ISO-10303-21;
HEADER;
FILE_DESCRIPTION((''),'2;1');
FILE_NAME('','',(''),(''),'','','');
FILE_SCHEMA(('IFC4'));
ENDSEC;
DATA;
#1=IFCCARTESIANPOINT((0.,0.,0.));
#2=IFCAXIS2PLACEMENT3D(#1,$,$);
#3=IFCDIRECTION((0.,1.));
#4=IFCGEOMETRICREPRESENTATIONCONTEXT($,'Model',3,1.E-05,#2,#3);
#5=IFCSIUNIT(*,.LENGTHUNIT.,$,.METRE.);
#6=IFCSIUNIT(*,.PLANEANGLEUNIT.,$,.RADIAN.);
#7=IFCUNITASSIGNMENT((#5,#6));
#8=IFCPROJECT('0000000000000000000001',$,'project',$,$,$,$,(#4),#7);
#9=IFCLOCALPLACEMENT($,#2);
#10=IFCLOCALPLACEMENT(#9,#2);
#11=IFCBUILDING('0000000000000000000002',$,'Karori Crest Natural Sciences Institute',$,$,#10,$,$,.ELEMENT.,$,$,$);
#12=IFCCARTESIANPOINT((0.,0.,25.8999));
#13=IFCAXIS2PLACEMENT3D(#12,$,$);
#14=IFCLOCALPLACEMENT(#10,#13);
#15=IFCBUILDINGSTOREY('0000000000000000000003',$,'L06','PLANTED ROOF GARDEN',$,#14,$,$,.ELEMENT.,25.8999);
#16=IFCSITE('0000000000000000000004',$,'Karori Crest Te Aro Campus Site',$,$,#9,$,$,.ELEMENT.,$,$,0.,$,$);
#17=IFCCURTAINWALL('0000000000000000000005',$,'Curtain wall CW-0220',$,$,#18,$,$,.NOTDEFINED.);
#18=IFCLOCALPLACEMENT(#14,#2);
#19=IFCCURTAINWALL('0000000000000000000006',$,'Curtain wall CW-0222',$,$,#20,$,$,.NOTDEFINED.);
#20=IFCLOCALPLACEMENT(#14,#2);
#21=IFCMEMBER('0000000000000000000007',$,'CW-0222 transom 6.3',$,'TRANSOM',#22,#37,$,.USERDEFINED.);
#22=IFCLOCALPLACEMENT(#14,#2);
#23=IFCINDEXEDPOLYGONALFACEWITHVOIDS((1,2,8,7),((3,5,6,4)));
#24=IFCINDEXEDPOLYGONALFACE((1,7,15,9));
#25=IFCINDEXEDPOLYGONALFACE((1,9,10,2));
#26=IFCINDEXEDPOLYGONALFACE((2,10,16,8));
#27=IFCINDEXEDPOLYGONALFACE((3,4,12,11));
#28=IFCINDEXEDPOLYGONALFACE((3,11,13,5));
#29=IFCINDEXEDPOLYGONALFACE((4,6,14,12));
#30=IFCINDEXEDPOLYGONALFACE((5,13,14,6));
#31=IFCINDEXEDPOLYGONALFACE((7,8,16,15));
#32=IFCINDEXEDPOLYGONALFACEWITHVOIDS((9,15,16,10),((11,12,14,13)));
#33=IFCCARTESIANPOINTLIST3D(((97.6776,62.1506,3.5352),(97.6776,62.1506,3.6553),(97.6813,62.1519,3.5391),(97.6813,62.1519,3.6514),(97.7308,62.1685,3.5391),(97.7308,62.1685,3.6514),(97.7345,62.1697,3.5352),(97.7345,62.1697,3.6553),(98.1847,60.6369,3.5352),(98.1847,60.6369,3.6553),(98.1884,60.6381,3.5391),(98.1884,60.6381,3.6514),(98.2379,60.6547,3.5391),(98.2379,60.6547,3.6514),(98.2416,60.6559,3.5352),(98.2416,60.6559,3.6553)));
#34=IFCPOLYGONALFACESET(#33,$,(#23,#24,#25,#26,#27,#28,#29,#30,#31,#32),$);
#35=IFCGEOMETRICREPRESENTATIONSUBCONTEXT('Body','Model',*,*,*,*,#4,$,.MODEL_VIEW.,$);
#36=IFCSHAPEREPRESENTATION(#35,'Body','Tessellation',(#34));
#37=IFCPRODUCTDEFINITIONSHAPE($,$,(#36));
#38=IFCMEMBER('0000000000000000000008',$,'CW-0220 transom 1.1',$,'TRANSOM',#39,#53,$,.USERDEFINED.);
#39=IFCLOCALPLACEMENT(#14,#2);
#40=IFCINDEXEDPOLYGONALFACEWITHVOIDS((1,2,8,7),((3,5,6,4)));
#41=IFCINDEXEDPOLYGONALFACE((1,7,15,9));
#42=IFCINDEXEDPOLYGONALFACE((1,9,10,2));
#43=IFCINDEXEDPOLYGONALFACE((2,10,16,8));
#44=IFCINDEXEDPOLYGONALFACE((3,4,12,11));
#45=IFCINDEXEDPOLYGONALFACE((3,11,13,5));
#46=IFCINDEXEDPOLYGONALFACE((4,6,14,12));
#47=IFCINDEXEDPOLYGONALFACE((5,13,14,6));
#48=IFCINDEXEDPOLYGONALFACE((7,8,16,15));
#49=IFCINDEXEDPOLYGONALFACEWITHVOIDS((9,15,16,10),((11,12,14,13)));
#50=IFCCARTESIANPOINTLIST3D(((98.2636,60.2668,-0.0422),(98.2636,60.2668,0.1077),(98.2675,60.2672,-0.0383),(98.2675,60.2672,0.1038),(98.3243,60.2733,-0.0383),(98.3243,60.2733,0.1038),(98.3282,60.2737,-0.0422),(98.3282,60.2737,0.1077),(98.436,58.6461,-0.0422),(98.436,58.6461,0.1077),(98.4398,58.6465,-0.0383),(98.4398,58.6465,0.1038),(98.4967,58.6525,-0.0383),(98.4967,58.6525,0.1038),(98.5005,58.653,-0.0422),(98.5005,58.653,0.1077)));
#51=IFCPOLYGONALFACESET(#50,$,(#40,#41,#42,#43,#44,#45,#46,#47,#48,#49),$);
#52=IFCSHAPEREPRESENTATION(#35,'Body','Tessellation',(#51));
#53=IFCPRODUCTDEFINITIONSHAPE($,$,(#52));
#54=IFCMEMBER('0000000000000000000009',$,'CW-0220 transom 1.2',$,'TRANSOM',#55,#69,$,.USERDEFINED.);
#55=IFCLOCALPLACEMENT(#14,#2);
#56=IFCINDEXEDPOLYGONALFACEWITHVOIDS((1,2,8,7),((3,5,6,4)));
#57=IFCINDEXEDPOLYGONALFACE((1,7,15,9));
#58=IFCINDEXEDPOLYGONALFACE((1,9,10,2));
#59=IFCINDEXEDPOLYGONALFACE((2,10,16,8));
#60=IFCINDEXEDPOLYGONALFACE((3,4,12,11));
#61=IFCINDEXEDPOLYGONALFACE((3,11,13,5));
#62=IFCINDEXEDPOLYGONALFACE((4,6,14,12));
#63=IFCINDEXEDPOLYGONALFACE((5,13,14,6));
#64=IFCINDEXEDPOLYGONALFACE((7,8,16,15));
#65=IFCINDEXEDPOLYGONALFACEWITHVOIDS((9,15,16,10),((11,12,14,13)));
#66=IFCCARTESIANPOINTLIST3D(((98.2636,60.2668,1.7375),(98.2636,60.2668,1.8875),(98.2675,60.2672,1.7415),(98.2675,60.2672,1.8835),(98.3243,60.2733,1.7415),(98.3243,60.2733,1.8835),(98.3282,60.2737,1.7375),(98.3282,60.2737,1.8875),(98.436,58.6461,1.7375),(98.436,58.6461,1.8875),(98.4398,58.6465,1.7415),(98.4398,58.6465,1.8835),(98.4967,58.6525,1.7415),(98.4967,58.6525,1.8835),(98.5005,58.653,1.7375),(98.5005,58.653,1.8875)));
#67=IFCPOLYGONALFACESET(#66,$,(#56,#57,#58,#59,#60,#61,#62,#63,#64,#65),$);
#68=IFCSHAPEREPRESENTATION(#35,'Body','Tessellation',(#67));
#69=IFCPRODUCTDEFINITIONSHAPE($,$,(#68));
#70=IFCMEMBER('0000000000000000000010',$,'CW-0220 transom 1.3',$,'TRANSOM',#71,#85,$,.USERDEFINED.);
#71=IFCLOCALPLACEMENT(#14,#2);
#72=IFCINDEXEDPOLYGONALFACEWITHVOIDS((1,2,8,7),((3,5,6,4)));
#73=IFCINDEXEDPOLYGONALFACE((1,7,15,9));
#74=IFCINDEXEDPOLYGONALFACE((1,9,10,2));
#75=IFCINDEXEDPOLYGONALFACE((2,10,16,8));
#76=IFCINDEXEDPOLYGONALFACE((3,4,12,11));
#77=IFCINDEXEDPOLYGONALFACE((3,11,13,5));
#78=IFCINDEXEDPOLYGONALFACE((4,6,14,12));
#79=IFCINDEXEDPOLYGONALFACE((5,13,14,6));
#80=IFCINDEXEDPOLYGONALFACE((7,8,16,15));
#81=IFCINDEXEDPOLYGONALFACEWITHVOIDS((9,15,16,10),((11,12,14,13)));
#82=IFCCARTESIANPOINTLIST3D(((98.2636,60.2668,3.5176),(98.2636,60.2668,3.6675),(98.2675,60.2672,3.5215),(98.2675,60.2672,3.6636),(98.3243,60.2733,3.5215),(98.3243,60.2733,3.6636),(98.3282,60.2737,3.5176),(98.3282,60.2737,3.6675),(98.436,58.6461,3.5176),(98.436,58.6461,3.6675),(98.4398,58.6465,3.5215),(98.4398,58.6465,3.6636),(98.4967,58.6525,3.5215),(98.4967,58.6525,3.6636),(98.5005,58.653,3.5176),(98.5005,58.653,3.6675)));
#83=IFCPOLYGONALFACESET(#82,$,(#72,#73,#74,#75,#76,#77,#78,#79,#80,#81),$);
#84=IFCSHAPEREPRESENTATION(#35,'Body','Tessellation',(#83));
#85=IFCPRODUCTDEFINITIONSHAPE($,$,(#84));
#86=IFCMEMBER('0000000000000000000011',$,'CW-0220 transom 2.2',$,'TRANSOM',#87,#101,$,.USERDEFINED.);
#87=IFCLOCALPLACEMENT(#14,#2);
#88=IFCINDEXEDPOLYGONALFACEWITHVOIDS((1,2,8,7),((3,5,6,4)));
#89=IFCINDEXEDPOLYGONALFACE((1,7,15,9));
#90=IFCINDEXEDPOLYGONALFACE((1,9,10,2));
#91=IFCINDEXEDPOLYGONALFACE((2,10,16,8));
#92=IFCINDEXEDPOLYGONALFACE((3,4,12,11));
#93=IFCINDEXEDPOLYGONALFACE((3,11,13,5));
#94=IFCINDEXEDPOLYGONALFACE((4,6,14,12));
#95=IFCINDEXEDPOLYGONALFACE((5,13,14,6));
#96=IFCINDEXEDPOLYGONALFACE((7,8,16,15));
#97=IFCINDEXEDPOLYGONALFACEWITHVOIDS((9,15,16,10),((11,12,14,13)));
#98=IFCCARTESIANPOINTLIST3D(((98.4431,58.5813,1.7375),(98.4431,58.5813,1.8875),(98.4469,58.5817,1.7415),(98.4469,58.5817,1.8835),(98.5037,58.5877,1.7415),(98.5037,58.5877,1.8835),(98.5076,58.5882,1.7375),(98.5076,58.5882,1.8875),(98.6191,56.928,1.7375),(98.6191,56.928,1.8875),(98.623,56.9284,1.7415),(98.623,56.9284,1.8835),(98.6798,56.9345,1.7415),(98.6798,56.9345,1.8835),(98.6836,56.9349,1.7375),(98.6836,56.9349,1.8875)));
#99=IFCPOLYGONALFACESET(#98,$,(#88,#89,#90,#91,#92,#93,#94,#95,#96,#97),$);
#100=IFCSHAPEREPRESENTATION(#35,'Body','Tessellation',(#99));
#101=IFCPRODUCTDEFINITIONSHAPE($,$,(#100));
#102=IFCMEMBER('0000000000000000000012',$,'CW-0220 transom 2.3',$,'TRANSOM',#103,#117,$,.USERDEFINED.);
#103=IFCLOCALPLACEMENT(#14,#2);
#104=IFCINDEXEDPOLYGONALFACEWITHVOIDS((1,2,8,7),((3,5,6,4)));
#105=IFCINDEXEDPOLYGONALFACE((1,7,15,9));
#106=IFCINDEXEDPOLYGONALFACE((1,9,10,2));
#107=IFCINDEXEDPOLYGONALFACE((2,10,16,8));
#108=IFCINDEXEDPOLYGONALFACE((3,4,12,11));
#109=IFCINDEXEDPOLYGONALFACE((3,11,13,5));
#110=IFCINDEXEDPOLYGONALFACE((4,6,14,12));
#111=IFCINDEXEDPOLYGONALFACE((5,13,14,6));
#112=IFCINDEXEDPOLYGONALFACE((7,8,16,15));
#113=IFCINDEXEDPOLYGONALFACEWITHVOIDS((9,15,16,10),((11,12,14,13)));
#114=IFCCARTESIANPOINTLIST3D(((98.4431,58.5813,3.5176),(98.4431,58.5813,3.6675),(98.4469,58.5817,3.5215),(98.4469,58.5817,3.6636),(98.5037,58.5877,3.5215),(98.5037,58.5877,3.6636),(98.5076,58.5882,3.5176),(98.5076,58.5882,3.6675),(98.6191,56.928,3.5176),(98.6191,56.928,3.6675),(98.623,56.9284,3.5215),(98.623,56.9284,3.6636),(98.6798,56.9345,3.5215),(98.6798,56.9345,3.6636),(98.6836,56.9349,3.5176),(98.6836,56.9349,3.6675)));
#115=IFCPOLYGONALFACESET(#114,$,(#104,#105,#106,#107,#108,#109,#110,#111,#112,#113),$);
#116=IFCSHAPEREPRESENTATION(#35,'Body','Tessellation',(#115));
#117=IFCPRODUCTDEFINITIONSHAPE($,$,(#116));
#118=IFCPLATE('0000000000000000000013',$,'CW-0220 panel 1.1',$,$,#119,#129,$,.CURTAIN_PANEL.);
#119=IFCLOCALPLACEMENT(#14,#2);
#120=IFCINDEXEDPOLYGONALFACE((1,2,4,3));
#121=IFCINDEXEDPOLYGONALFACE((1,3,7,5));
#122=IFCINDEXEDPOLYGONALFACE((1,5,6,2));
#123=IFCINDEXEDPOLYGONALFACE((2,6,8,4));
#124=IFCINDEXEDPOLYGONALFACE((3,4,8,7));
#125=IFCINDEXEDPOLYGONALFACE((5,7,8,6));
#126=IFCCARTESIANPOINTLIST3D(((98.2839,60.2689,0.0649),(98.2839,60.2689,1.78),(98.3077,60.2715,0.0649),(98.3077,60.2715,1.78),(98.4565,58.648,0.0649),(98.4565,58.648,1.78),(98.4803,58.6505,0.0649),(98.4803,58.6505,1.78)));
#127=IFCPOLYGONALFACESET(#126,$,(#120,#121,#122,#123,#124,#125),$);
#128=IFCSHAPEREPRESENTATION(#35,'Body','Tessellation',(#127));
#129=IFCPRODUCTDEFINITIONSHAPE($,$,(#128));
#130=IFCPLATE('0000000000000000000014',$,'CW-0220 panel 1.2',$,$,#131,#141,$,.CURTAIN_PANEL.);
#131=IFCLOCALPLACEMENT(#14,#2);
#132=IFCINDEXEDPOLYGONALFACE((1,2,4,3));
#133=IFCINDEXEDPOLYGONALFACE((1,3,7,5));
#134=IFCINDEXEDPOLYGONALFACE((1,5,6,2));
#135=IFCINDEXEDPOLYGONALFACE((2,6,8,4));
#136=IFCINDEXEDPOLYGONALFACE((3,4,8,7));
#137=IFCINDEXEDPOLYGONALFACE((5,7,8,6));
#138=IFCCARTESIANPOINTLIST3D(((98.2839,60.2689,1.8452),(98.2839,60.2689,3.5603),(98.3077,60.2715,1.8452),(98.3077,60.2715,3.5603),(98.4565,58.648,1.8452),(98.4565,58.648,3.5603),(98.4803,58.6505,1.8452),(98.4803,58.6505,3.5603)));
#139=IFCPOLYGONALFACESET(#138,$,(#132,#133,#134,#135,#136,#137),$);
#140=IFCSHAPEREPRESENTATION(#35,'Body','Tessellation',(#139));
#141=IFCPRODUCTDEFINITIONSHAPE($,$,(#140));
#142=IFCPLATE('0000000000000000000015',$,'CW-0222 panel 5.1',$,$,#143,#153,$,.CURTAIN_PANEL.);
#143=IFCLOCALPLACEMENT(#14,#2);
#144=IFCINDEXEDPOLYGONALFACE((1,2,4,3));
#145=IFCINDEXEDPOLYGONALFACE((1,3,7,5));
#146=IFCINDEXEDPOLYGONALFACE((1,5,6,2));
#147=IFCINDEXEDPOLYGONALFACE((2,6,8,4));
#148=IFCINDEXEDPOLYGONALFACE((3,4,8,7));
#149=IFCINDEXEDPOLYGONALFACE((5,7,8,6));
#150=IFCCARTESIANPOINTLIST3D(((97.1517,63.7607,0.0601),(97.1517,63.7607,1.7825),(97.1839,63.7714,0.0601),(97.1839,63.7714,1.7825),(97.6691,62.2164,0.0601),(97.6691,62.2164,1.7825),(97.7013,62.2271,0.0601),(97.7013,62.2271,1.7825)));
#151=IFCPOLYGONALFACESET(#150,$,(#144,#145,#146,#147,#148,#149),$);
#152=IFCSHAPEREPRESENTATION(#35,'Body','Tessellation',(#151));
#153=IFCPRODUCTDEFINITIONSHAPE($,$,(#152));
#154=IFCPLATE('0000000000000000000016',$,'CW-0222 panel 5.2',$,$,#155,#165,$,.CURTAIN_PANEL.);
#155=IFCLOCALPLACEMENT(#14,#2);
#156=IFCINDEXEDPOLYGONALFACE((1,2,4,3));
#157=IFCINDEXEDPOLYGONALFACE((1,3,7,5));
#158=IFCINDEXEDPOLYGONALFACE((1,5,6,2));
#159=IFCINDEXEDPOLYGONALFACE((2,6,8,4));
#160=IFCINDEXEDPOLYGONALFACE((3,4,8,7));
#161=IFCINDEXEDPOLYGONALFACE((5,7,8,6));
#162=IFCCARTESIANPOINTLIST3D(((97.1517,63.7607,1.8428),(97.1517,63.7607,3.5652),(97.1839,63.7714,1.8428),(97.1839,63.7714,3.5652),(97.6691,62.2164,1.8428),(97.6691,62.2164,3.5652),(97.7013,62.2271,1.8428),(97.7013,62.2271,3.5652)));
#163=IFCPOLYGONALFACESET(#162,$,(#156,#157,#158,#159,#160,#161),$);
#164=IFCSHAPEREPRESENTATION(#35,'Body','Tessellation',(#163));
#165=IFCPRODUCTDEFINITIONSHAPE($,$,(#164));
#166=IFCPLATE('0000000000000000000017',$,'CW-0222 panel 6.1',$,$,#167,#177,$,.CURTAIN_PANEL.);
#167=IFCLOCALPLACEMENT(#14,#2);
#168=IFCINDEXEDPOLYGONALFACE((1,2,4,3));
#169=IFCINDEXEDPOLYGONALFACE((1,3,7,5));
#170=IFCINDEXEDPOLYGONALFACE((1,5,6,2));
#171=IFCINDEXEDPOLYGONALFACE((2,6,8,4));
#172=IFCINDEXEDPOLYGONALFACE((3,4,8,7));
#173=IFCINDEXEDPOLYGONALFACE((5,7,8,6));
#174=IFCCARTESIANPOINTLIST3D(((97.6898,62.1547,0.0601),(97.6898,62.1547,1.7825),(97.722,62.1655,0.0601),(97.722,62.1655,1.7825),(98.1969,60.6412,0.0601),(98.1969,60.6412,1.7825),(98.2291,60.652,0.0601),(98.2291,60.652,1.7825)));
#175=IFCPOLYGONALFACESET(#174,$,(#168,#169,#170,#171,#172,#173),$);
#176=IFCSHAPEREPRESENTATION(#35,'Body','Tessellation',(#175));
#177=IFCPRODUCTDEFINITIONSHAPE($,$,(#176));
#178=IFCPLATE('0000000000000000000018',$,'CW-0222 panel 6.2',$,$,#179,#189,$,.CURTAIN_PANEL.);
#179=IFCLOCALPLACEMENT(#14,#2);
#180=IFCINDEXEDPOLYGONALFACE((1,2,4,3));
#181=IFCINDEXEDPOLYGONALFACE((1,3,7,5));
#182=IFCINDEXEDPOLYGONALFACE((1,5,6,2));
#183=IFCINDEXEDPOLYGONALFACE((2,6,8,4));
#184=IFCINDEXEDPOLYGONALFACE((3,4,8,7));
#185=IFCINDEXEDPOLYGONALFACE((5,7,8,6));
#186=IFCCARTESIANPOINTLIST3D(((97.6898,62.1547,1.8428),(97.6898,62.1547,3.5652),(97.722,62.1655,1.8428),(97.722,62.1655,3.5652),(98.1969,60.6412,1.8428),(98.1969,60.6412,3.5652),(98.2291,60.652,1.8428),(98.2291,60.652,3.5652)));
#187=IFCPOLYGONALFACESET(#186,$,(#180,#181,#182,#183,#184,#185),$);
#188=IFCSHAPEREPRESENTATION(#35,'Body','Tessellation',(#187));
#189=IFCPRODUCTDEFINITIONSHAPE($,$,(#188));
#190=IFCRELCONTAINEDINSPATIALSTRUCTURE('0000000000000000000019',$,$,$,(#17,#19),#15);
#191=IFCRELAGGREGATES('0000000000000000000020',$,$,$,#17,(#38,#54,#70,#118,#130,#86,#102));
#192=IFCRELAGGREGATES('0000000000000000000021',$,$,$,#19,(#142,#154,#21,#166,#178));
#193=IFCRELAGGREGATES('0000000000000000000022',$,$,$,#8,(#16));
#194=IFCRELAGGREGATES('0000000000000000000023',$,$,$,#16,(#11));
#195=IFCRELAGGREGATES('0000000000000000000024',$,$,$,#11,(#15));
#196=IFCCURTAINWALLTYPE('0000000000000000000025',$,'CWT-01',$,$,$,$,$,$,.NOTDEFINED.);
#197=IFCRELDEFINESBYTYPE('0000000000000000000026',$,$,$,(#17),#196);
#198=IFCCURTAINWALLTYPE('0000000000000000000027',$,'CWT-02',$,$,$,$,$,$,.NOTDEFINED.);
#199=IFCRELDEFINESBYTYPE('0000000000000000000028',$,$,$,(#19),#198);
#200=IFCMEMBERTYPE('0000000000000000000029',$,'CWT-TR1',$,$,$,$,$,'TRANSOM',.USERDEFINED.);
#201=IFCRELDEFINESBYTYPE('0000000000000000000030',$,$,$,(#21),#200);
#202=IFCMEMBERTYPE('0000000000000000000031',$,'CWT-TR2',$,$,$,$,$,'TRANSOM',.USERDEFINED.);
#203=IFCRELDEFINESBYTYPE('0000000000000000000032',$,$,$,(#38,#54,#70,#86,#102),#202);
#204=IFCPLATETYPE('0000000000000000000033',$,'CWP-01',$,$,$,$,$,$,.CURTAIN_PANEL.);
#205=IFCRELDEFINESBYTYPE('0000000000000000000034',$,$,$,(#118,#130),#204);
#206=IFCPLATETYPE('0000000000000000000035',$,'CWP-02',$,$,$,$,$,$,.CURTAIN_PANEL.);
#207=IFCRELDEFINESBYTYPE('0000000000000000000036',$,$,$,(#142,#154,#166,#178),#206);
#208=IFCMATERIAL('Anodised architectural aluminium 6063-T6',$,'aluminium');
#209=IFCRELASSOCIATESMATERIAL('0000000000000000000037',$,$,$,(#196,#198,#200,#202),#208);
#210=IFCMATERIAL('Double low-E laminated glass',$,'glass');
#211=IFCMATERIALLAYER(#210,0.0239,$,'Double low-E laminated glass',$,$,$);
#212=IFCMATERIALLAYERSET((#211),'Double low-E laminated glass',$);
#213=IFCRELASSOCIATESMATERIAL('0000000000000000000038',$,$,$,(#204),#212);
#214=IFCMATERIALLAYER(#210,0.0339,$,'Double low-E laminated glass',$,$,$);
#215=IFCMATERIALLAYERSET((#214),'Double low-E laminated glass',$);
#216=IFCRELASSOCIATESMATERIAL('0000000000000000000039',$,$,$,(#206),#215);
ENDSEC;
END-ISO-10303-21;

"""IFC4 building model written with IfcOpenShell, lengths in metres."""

from ifc_helpers import new_model, si_unit, direction, frame, origin, origin_2d, place, context, subcontext, project, spatial, rectangle, hollow_rectangle, extrude, material, layer, layer_set, material_profile, profile_set, type_object, element, aggregate, save


model = new_model("IFC4")

# Units and contexts
model_context = context("Model", 3, precision=1e-05, world=origin(), true_north=direction((0.0, 1.0)))
body_context = subcontext(model_context, "Body", "Model", "MODEL_VIEW")
ifc_project = project(units=[si_unit("LENGTHUNIT", "METRE"), si_unit("PLANEANGLEUNIT", "RADIAN")], contexts=[model_context])

# Site, building, storey
site_placement = place(None, origin())
site = spatial("IfcSite", under=ifc_project, at=site_placement, Name="Karori Crest Te Aro Campus Site", CompositionType="ELEMENT", RefElevation=0.0)
building_placement = place(site_placement, origin())
building = spatial("IfcBuilding", under=site, at=building_placement, Name="Karori Crest Natural Sciences Institute", CompositionType="ELEMENT")
storey_placement = place(building_placement, frame((0.0, 0.0, 25.8999)))
storey = spatial("IfcBuildingStorey", under=building, at=storey_placement, Name="L06", Description="PLANTED ROOF GARDEN", CompositionType="ELEMENT", Elevation=25.8999)

# Curtain walls, member
ifc_material_1 = material(Name="Anodised architectural aluminium 6063-T6", Category="aluminium")
curtain_wall_type_1 = type_object("IfcCurtainWallType", Name="CWT-01", PredefinedType="NOTDEFINED", material=ifc_material_1)
curtain_wall_1_placement = place(storey_placement, origin())
curtain_wall_1 = element("IfcCurtainWall", 1, at=curtain_wall_1_placement, inside=storey, type_object=curtain_wall_type_1, Name="Curtain wall CW-0220", PredefinedType="NOTDEFINED")
curtain_wall_type_2 = type_object("IfcCurtainWallType", Name="CWT-02", PredefinedType="NOTDEFINED", material=ifc_material_1)
curtain_wall_2_placement = place(storey_placement, origin())
curtain_wall_2 = element("IfcCurtainWall", 2, at=curtain_wall_2_placement, inside=storey, type_object=curtain_wall_type_2, Name="Curtain wall CW-0222", PredefinedType="NOTDEFINED")
ifc_material_profile_1 = material_profile(ifc_material_1, hollow_rectangle(XDim=0.0601, YDim=0.1201, WallThickness=0.0039, at=origin_2d()), Name="CWT120x60x4")
ifc_profile_set_1 = profile_set([ifc_material_profile_1], Name="Anodised architectural aluminium 6063-T6")
member_type_1 = type_object("IfcMemberType", Name="CWT-TR1", ElementType="TRANSOM", PredefinedType="USERDEFINED", material=ifc_profile_set_1)
member_1_placement = place(storey_placement, frame((97.7061, 62.1602, 3.5952), z_axis=(0.31765, -0.948208, 0.0), x_axis=(0.948208, 0.31765, 0.0)))
member_1 = element("IfcMember", 3, at=member_1_placement, type_object=member_type_1, Name="CW-0222 transom 6.3", ObjectType="TRANSOM", PredefinedType="USERDEFINED", context=body_context, shape_type="SweptSolid", body=[
    extrude(hollow_rectangle(XDim=0.0601, YDim=0.1201, WallThickness=0.0039, at=origin_2d()), origin(), (0.0, 0.0, 1.0), 1.5964),
])

# Members
ifc_material_profile_2 = material_profile(ifc_material_1, hollow_rectangle(XDim=0.0649, YDim=0.1499, WallThickness=0.0039, at=origin_2d()), Name="CWT150x65x4")
ifc_profile_set_2 = profile_set([ifc_material_profile_2], Name="Anodised architectural aluminium 6063-T6")
member_type_2 = type_object("IfcMemberType", Name="CWT-TR2", ElementType="TRANSOM", PredefinedType="USERDEFINED", material=ifc_profile_set_2)
member_2_placement = place(storey_placement, frame((98.2959, 60.2703, 0.0327), z_axis=(0.105745, -0.994393, 0.0), x_axis=(0.994393, 0.105745, 0.0)))
member_2 = element("IfcMember", 4, at=member_2_placement, type_object=member_type_2, Name="CW-0220 transom 1.1", ObjectType="TRANSOM", PredefinedType="USERDEFINED", context=body_context, shape_type="SweptSolid", body=[
    extrude(hollow_rectangle(XDim=0.0649, YDim=0.1499, WallThickness=0.0039, at=origin_2d()), origin(), (0.0, 0.0, 1.0), 1.6299),
])
member_3_placement = place(storey_placement, frame((98.2959, 60.2703, 1.8125), z_axis=(0.105745, -0.994393, 0.0), x_axis=(0.994393, 0.105745, 0.0)))
member_3 = element("IfcMember", 5, at=member_3_placement, type_object=member_type_2, Name="CW-0220 transom 1.2", ObjectType="TRANSOM", PredefinedType="USERDEFINED", context=body_context, shape_type="SweptSolid", body=[
    extrude(hollow_rectangle(XDim=0.0649, YDim=0.1499, WallThickness=0.0039, at=origin_2d()), origin(), (0.0, 0.0, 1.0), 1.6299),
])
member_4_placement = place(storey_placement, frame((98.2959, 60.2703, 3.5925), z_axis=(0.105745, -0.994393, 0.0), x_axis=(0.994393, 0.105745, 0.0)))
member_4 = element("IfcMember", 6, at=member_4_placement, type_object=member_type_2, Name="CW-0220 transom 1.3", ObjectType="TRANSOM", PredefinedType="USERDEFINED", context=body_context, shape_type="SweptSolid", body=[
    extrude(hollow_rectangle(XDim=0.0649, YDim=0.1499, WallThickness=0.0039, at=origin_2d()), origin(), (0.0, 0.0, 1.0), 1.6299),
])
member_5_placement = place(storey_placement, frame((98.4753, 58.5847, 1.8125), z_axis=(0.105869, -0.99438, 0.0), x_axis=(0.99438, 0.105869, 0.0)))
member_5 = element("IfcMember", 7, at=member_5_placement, type_object=member_type_2, Name="CW-0220 transom 2.2", ObjectType="TRANSOM", PredefinedType="USERDEFINED", context=body_context, shape_type="SweptSolid", body=[
    extrude(hollow_rectangle(XDim=0.0649, YDim=0.1499, WallThickness=0.0039, at=origin_2d()), origin(), (0.0, 0.0, 1.0), 1.6626),
])
member_6_placement = place(storey_placement, frame((98.4753, 58.5847, 3.5925), z_axis=(0.105869, -0.99438, 0.0), x_axis=(0.99438, 0.105869, 0.0)))
member_6 = element("IfcMember", 8, at=member_6_placement, type_object=member_type_2, Name="CW-0220 transom 2.3", ObjectType="TRANSOM", PredefinedType="USERDEFINED", context=body_context, shape_type="SweptSolid", body=[
    extrude(hollow_rectangle(XDim=0.0649, YDim=0.1499, WallThickness=0.0039, at=origin_2d()), origin(), (0.0, 0.0, 1.0), 1.6626),
])

# Plates
ifc_material_2 = material(Name="Double low-E laminated glass", Category="glass")
ifc_layer_1 = layer(ifc_material_2, 0.0239, Name="Double low-E laminated glass")
ifc_layer_set_1 = layer_set([ifc_layer_1], Name="Double low-E laminated glass")
plate_type_1 = type_object("IfcPlateType", Name="CWP-01", PredefinedType="CURTAIN_PANEL", material=ifc_layer_set_1)
plate_1_placement = place(storey_placement, frame((98.3821, 59.4597, 0.0649), z_axis=(0.0, 0.0, 1.0), x_axis=(0.105884, -0.994378, 0.0)))
plate_1 = element("IfcPlate", 9, at=plate_1_placement, type_object=plate_type_1, Name="CW-0220 panel 1.1", PredefinedType="CURTAIN_PANEL", context=body_context, shape_type="SweptSolid", body=[
    extrude(rectangle(XDim=1.6301, YDim=0.0239, at=origin_2d()), origin(), (0.0, 0.0, 1.0), 1.7151),
])
plate_2_placement = place(storey_placement, frame((98.3821, 59.4597, 1.8452), z_axis=(0.0, 0.0, 1.0), x_axis=(0.105884, -0.994378, 0.0)))
plate_2 = element("IfcPlate", 10, at=plate_2_placement, type_object=plate_type_1, Name="CW-0220 panel 1.2", PredefinedType="CURTAIN_PANEL", context=body_context, shape_type="SweptSolid", body=[
    extrude(rectangle(XDim=1.6301, YDim=0.0239, at=origin_2d()), origin(), (0.0, 0.0, 1.0), 1.7151),
])
aggregate(curtain_wall_1, [member_2, member_3, member_4, plate_1, plate_2, member_5, member_6])
ifc_layer_2 = layer(ifc_material_2, 0.0339, Name="Double low-E laminated glass")
ifc_layer_set_2 = layer_set([ifc_layer_2], Name="Double low-E laminated glass")
plate_type_2 = type_object("IfcPlateType", Name="CWP-02", PredefinedType="CURTAIN_PANEL", material=ifc_layer_set_2)
plate_3_placement = place(storey_placement, frame((97.4265, 62.9939, 0.0601), z_axis=(0.0, 0.0, 1.0), x_axis=(0.31768, -0.948198, 0.0)))
plate_3 = element("IfcPlate", 11, at=plate_3_placement, type_object=plate_type_2, Name="CW-0222 panel 5.1", PredefinedType="CURTAIN_PANEL", context=body_context, shape_type="SweptSolid", body=[
    extrude(rectangle(XDim=1.6287, YDim=0.0339, at=origin_2d()), origin(), (0.0, 0.0, 1.0), 1.7224),
])
plate_4_placement = place(storey_placement, frame((97.4265, 62.9939, 1.8428), z_axis=(0.0, 0.0, 1.0), x_axis=(0.31768, -0.948198, 0.0)))
plate_4 = element("IfcPlate", 12, at=plate_4_placement, type_object=plate_type_2, Name="CW-0222 panel 5.2", PredefinedType="CURTAIN_PANEL", context=body_context, shape_type="SweptSolid", body=[
    extrude(rectangle(XDim=1.6287, YDim=0.0339, at=origin_2d()), origin(), (0.0, 0.0, 1.0), 1.7224),
])
plate_5_placement = place(storey_placement, frame((97.9595, 61.4033, 0.0601), z_axis=(0.0, 0.0, 1.0), x_axis=(0.31768, -0.948198, 0.0)))
plate_5 = element("IfcPlate", 13, at=plate_5_placement, type_object=plate_type_2, Name="CW-0222 panel 6.1", PredefinedType="CURTAIN_PANEL", context=body_context, shape_type="SweptSolid", body=[
    extrude(rectangle(XDim=1.5962, YDim=0.0339, at=origin_2d()), origin(), (0.0, 0.0, 1.0), 1.7224),
])
plate_6_placement = place(storey_placement, frame((97.9595, 61.4033, 1.8428), z_axis=(0.0, 0.0, 1.0), x_axis=(0.31768, -0.948198, 0.0)))
plate_6 = element("IfcPlate", 14, at=plate_6_placement, type_object=plate_type_2, Name="CW-0222 panel 6.2", PredefinedType="CURTAIN_PANEL", context=body_context, shape_type="SweptSolid", body=[
    extrude(rectangle(XDim=1.5962, YDim=0.0339, at=origin_2d()), origin(), (0.0, 0.0, 1.0), 1.7224),
])
aggregate(curtain_wall_2, [plate_3, plate_4, member_1, plate_5, plate_6])

save(model, "model.ifc")
